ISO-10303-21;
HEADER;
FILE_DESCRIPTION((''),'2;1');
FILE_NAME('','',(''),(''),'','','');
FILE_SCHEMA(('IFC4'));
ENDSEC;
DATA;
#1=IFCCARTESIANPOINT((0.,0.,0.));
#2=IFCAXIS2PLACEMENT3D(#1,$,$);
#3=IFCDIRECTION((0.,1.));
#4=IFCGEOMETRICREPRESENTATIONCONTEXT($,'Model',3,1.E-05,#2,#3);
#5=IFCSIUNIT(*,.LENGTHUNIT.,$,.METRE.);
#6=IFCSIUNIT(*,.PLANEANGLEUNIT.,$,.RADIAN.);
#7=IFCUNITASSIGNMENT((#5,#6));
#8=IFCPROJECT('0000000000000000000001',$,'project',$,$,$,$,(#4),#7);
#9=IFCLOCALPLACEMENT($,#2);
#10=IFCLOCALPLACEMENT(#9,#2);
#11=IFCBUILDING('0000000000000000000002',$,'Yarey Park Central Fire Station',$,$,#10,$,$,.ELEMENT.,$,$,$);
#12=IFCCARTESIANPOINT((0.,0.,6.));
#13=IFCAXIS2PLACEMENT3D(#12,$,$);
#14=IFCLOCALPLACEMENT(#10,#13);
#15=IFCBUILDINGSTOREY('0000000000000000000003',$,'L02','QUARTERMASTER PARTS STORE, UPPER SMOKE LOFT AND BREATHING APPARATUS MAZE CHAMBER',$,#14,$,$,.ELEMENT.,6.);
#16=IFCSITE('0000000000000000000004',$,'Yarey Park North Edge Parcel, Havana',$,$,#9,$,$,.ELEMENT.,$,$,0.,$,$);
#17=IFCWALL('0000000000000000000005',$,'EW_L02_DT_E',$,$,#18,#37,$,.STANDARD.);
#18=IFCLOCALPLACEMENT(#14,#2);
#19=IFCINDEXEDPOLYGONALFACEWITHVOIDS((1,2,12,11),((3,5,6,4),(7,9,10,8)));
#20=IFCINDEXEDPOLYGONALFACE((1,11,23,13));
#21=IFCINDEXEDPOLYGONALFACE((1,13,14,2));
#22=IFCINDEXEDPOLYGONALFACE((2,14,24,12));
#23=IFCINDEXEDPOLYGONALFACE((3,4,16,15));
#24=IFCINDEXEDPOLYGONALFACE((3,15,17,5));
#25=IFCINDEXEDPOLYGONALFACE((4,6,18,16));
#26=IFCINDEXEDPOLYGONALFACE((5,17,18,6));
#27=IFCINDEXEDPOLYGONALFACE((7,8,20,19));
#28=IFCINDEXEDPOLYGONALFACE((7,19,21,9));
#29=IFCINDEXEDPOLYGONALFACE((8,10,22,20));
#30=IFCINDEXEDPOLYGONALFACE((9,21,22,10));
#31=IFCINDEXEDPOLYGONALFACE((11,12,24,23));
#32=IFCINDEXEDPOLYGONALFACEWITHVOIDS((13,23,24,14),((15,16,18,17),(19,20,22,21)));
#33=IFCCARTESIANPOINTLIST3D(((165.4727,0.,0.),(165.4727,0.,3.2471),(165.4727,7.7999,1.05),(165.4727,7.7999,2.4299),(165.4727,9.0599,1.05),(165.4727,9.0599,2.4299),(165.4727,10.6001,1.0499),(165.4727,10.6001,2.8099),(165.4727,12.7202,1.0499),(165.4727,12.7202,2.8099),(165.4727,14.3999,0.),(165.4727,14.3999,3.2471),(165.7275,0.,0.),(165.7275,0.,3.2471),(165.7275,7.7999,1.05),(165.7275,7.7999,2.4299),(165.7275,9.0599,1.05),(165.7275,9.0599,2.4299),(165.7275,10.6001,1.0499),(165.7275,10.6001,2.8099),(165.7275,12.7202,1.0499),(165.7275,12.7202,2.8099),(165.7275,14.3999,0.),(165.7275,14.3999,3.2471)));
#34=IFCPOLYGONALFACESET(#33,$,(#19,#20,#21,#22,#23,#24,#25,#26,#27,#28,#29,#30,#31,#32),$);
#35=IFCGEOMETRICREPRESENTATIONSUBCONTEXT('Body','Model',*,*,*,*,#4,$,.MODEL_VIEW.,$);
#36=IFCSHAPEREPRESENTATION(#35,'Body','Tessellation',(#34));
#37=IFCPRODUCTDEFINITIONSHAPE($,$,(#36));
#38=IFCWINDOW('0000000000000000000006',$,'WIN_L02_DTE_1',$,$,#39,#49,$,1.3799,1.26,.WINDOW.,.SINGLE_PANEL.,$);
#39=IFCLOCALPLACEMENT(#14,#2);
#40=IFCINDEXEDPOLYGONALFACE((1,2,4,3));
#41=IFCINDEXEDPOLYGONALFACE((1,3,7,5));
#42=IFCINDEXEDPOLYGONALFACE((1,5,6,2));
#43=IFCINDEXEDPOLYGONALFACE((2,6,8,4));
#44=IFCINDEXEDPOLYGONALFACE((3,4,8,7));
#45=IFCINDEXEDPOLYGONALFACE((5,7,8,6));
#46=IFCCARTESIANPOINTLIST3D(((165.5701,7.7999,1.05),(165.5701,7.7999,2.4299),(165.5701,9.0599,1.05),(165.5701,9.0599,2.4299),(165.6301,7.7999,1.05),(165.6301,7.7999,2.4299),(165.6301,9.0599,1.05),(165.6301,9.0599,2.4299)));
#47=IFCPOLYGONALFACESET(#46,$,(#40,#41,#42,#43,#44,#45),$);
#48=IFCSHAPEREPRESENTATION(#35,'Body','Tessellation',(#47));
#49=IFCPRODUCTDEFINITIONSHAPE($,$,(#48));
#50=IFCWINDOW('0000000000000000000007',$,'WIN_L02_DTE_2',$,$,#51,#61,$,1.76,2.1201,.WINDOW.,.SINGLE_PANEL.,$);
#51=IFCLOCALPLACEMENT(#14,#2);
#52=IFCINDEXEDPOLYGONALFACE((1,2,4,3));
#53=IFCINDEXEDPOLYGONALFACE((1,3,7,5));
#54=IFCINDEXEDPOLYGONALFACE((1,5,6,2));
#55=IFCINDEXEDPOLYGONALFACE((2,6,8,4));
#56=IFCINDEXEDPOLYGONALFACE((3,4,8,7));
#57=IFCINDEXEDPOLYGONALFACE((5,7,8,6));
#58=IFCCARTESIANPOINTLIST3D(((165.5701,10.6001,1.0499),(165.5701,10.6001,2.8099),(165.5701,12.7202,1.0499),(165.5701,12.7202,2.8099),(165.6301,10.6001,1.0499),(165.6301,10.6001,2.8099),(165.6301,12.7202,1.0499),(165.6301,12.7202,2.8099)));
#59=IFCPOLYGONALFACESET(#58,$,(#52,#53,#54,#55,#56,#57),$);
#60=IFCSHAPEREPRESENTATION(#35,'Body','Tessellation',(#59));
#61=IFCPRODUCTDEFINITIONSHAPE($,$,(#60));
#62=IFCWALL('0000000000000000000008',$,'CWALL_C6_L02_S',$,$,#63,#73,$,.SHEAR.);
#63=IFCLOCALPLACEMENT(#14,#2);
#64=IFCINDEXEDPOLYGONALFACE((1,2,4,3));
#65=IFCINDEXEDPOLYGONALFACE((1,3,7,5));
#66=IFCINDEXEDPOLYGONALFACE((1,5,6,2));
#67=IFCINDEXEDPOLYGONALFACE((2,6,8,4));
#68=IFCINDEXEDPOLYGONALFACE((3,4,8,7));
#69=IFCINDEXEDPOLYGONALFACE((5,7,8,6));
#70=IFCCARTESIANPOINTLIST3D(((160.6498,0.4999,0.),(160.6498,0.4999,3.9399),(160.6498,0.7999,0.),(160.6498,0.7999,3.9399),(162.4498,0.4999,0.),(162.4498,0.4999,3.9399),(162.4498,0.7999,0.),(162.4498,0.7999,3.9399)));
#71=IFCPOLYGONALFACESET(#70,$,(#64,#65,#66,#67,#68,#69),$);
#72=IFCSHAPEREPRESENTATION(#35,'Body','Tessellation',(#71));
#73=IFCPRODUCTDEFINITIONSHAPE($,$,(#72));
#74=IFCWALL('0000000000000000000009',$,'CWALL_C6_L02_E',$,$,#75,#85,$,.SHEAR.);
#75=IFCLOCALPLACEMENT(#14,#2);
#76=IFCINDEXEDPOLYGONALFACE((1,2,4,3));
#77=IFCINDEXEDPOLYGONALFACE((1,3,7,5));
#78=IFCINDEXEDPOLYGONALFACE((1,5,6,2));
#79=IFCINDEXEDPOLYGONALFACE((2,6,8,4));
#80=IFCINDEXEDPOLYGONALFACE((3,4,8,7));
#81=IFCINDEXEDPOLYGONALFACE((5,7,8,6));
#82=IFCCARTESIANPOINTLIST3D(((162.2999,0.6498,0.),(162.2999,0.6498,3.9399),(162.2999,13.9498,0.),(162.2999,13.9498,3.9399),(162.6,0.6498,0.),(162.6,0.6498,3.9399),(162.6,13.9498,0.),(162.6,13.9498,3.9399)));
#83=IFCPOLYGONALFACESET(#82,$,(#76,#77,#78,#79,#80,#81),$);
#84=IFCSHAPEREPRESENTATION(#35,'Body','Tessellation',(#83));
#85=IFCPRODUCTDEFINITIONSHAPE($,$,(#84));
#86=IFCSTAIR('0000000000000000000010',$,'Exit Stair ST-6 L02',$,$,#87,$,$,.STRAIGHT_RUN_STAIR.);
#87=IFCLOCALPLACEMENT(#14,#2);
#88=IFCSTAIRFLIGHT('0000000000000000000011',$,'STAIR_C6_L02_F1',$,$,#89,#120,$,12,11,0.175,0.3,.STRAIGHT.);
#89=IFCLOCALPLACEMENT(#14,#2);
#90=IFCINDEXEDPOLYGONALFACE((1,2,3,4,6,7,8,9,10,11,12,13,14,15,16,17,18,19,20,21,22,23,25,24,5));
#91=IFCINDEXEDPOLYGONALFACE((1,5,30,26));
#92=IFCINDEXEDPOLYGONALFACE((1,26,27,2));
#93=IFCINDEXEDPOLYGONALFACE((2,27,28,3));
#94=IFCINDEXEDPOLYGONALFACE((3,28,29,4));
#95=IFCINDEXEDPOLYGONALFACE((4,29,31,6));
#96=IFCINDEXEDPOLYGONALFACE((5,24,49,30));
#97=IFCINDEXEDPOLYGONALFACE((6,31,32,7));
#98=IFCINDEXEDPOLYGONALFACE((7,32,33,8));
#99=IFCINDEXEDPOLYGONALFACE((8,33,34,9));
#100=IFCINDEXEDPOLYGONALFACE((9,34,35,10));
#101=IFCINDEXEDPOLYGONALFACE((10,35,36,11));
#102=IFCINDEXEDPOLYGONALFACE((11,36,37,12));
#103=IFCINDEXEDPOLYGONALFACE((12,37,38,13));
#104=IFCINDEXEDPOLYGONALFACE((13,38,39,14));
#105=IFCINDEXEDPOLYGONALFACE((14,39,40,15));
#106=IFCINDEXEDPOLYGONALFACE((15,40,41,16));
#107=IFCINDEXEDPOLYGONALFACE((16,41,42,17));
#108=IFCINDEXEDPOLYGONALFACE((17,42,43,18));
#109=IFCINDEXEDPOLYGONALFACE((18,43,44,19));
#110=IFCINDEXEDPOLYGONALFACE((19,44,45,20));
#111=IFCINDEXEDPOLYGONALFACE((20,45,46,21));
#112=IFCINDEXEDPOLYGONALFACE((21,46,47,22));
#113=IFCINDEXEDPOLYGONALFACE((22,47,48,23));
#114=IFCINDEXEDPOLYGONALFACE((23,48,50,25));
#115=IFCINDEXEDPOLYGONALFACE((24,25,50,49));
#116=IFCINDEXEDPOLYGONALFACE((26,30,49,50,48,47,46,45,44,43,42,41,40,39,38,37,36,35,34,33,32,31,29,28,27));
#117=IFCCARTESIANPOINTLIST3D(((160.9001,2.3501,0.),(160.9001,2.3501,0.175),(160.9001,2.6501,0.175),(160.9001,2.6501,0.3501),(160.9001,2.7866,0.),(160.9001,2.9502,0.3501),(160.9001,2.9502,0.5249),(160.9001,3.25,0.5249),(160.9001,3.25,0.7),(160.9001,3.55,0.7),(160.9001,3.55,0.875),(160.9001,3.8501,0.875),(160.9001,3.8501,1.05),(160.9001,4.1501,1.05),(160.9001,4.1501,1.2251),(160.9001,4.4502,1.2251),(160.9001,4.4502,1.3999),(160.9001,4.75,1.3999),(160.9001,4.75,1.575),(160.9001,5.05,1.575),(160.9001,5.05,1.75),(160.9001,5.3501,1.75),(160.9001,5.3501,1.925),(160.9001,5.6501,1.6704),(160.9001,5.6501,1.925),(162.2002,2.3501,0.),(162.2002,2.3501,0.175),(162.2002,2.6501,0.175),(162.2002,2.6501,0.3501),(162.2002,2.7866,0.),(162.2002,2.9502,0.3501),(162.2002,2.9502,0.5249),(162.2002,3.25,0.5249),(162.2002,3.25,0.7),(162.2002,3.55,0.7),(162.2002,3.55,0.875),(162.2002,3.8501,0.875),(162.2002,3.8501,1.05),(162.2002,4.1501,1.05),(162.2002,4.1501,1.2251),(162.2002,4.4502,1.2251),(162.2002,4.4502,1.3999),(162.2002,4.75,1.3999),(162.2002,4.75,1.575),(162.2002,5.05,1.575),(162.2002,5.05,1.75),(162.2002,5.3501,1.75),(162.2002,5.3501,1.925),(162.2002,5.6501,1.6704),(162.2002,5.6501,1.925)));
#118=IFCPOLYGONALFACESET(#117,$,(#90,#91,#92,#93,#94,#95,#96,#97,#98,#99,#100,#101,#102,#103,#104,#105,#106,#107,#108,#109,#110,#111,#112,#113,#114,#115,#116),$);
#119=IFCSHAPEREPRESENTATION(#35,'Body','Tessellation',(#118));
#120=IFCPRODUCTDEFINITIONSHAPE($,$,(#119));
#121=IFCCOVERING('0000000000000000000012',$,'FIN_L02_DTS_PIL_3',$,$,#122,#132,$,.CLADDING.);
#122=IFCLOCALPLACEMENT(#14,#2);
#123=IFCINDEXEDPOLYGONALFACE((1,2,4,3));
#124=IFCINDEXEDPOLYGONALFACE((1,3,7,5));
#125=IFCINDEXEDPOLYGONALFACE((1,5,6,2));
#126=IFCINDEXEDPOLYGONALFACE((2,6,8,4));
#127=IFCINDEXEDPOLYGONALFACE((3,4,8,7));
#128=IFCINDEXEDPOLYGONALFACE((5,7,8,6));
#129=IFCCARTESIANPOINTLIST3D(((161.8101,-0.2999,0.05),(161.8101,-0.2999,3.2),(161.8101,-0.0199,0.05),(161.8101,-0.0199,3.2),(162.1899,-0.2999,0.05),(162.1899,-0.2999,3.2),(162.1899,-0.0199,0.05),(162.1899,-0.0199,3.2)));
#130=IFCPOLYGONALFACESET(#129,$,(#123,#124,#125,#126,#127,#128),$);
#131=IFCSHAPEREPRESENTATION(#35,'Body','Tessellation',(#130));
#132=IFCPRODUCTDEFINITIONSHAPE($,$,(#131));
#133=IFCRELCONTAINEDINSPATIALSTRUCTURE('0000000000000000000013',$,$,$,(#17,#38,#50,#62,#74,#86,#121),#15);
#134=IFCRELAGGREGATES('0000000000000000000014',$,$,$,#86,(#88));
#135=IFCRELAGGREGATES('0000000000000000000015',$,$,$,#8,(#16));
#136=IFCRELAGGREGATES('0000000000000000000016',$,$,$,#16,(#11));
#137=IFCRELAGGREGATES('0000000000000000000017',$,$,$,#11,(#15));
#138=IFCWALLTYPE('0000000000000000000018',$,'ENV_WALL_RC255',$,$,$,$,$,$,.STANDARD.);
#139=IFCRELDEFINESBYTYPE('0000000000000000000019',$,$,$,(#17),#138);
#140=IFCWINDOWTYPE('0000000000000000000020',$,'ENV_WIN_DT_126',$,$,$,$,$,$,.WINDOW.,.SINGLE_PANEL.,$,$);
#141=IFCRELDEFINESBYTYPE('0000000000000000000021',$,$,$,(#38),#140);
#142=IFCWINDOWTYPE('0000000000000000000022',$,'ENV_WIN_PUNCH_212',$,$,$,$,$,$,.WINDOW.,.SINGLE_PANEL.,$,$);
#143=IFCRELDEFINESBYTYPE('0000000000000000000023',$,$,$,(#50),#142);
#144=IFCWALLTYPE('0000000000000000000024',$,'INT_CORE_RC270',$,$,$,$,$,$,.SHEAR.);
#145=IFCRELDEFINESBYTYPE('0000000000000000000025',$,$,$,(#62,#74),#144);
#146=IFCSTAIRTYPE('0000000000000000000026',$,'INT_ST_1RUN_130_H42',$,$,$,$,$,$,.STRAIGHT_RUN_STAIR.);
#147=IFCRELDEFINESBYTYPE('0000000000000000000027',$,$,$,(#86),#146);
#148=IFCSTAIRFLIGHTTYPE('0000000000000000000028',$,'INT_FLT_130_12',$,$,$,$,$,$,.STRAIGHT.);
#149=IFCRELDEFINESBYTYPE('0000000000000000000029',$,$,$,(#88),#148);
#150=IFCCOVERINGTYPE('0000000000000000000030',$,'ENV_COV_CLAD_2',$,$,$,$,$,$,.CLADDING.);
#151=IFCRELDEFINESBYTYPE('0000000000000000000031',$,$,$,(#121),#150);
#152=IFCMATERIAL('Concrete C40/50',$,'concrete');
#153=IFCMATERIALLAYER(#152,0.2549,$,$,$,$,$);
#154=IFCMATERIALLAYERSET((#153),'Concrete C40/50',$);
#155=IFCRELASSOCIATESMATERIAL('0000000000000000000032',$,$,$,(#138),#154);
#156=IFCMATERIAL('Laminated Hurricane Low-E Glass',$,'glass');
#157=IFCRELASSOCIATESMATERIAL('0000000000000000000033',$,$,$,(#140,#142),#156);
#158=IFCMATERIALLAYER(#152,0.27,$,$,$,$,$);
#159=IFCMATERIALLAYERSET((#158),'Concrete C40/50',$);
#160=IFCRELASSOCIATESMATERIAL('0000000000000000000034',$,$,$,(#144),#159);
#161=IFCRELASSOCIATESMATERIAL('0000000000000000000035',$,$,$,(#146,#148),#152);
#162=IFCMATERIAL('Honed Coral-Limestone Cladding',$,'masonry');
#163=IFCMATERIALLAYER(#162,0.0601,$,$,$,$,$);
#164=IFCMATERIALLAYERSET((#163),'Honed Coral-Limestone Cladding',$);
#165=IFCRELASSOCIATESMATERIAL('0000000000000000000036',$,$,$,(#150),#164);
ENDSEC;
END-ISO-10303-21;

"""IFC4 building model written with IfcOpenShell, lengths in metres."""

from ifc_helpers import new_model, si_unit, direction, frame, frame_2d, origin, origin_2d, place, context, subcontext, project, spatial, polyline, rectangle, outline, extrude, material, layer, layer_set, type_object, element, fill, aggregate, save


model = new_model("IFC4")

# Units and contexts
model_context = context("Model", 3, precision=1e-05, world=origin(), true_north=direction((0.0, 1.0)))
body_context = subcontext(model_context, "Body", "Model", "MODEL_VIEW")
ifc_project = project(units=[si_unit("LENGTHUNIT", "METRE"), si_unit("PLANEANGLEUNIT", "RADIAN")], contexts=[model_context])

# Site, building, storey
site_placement = place(None, origin())
site = spatial("IfcSite", under=ifc_project, at=site_placement, Name="Yarey Park North Edge Parcel, Havana", CompositionType="ELEMENT", RefElevation=0.0)
building_placement = place(site_placement, origin())
building = spatial("IfcBuilding", under=site, at=building_placement, Name="Yarey Park Central Fire Station", CompositionType="ELEMENT")
storey_placement = place(building_placement, frame((0.0, 0.0, 6.0)))
storey = spatial("IfcBuildingStorey", under=building, at=storey_placement, Name="L02", Description="QUARTERMASTER PARTS STORE, UPPER SMOKE LOFT AND BREATHING APPARATUS MAZE CHAMBER", CompositionType="ELEMENT", Elevation=6.0)

# Wall, openings, windows
ifc_material_1 = material(Name="Concrete C40/50", Category="concrete")
ifc_layer_1 = layer(ifc_material_1, 0.2549)
ifc_layer_set_1 = layer_set([ifc_layer_1], Name="Concrete C40/50")
wall_type_1 = type_object("IfcWallType", Name="ENV_WALL_RC255", PredefinedType="STANDARD", material=ifc_layer_set_1)
ifc_material_2 = material(Name="Laminated Hurricane Low-E Glass", Category="glass")
wall_1_placement = place(storey_placement, frame((165.6001, 0.0, 0.0), z_axis=(0.0, 0.0, 1.0), x_axis=(0.0, 1.0, 0.0)))
wall_1 = element("IfcWall", 1, at=wall_1_placement, inside=storey, type_object=wall_type_1, Name="EW_L02_DT_E", PredefinedType="STANDARD", context=body_context, shape_type="SweptSolid", body=[
    extrude(rectangle(XDim=14.3999, YDim=0.2549, at=frame_2d((7.2, 0.0))), origin(), (0.0, 0.0, 1.0), 3.2471),
])
opening_1_placement = place(wall_1_placement, frame((7.8, 0.0, 1.05)))
opening_1 = element("IfcOpeningElement", 2, at=opening_1_placement, cuts=wall_1, PredefinedType="OPENING", context=body_context, shape_type="SweptSolid", body=[
    extrude(rectangle(XDim=1.26, YDim=1.3799, at=frame_2d((0.6299, 0.6899))), frame((0.0, 0.1375, 0.0), z_axis=(0.0, -1.0, 0.0), x_axis=(1.0, 0.0, 0.0)), (0.0, 0.0, 1.0), 0.2749),
])
opening_2_placement = place(wall_1_placement, frame((10.6001, 0.0, 1.05)))
opening_2 = element("IfcOpeningElement", 3, at=opening_2_placement, cuts=wall_1, PredefinedType="OPENING", context=body_context, shape_type="SweptSolid", body=[
    extrude(rectangle(XDim=2.1201, YDim=1.76, at=frame_2d((1.0601, 0.8799))), frame((0.0, 0.1375, 0.0), z_axis=(0.0, -1.0, 0.0), x_axis=(1.0, 0.0, 0.0)), (0.0, 0.0, 1.0), 0.2749),
])
window_type_1 = type_object("IfcWindowType", Name="ENV_WIN_DT_126", PartitioningType="SINGLE_PANEL", PredefinedType="WINDOW", material=ifc_material_2)
window_1_placement = place(opening_1_placement, origin())
window_1 = element("IfcWindow", 4, at=window_1_placement, inside=storey, type_object=window_type_1, Name="WIN_L02_DTE_1", OverallHeight=1.3799, OverallWidth=1.26, PartitioningType="SINGLE_PANEL", PredefinedType="WINDOW", context=body_context, shape_type="SweptSolid", body=[
    extrude(rectangle(XDim=1.26, YDim=1.3799, at=frame_2d((0.6299, 0.6899))), frame((0.0, 0.03, 0.0), z_axis=(0.0, -1.0, 0.0), x_axis=(1.0, 0.0, 0.0)), (0.0, 0.0, 1.0), 0.0601),
])
fill(opening_1, window_1)
window_type_2 = type_object("IfcWindowType", Name="ENV_WIN_PUNCH_212", PartitioningType="SINGLE_PANEL", PredefinedType="WINDOW", material=ifc_material_2)
window_2_placement = place(opening_2_placement, origin())
window_2 = element("IfcWindow", 5, at=window_2_placement, inside=storey, type_object=window_type_2, Name="WIN_L02_DTE_2", OverallHeight=1.76, OverallWidth=2.1201, PartitioningType="SINGLE_PANEL", PredefinedType="WINDOW", context=body_context, shape_type="SweptSolid", body=[
    extrude(rectangle(XDim=2.1201, YDim=1.76, at=frame_2d((1.0601, 0.8799))), frame((0.0, 0.03, 0.0), z_axis=(0.0, -1.0, 0.0), x_axis=(1.0, 0.0, 0.0)), (0.0, 0.0, 1.0), 0.0601),
])
fill(opening_2, window_2)

# Walls
ifc_layer_2 = layer(ifc_material_1, 0.27)
ifc_layer_set_2 = layer_set([ifc_layer_2], Name="Concrete C40/50")
wall_type_2 = type_object("IfcWallType", Name="INT_CORE_RC270", PredefinedType="SHEAR", material=ifc_layer_set_2)
wall_2_placement = place(storey_placement, frame((160.6499, 0.6499, 0.0), z_axis=(0.0, 0.0, 1.0), x_axis=(1.0, 0.0, 0.0)))
element("IfcWall", 6, at=wall_2_placement, inside=storey, type_object=wall_type_2, Name="CWALL_C6_L02_S", PredefinedType="SHEAR", context=body_context, shape_type="SweptSolid", body=[
    extrude(rectangle(XDim=1.8, YDim=0.3, at=frame_2d((0.8999, 0.0))), origin(), (0.0, 0.0, 1.0), 3.9399),
])
wall_3_placement = place(storey_placement, frame((162.45, 0.6499, 0.0), z_axis=(0.0, 0.0, 1.0), x_axis=(0.0, 1.0, 0.0)))
element("IfcWall", 7, at=wall_3_placement, inside=storey, type_object=wall_type_2, Name="CWALL_C6_L02_E", PredefinedType="SHEAR", context=body_context, shape_type="SweptSolid", body=[
    extrude(rectangle(XDim=13.3, YDim=0.3, at=frame_2d((6.6499, 0.0))), origin(), (0.0, 0.0, 1.0), 3.9399),
])

# Stair, stair flight
stair_type = type_object("IfcStairType", Name="INT_ST_1RUN_130_H42", PredefinedType="STRAIGHT_RUN_STAIR", material=ifc_material_1)
stair_placement = place(storey_placement, origin())
stair = element("IfcStair", 8, at=stair_placement, inside=storey, type_object=stair_type, Name="Exit Stair ST-6 L02", PredefinedType="STRAIGHT_RUN_STAIR")
stair_flight_type = type_object("IfcStairFlightType", Name="INT_FLT_130_12", PredefinedType="STRAIGHT", material=ifc_material_1)
stair_flight_placement = place(storey_placement, frame((161.55, 2.3501, 0.0), z_axis=(0.0, 0.0, 1.0), x_axis=(0.0, 1.0, 0.0)))
stair_flight = element("IfcStairFlight", 9, at=stair_flight_placement, type_object=stair_flight_type, Name="STAIR_C6_L02_F1", NumberOfRisers=12, NumberOfTreads=11, PredefinedType="STRAIGHT", RiserHeight=0.175, TreadLength=0.3, context=body_context, shape_type="SweptSolid", body=[
    extrude(outline(polyline([(0.0, 0.0), (0.0, 0.175), (0.3, 0.175), (0.3, 0.3501), (0.6001, 0.3501), (0.6001, 0.5249), (0.8999, 0.5249), (0.8999, 0.7), (1.2, 0.7), (1.2, 0.875), (1.5, 0.875), (1.5, 1.05), (1.8, 1.05), (1.8, 1.2251), (2.1001, 1.2251), (2.1001, 1.3999), (2.3999, 1.3999), (2.3999, 1.575), (2.7, 1.575), (2.7, 1.75), (3.0, 1.75), (3.0, 1.925), (3.3, 1.925), (3.3, 2.1001), (3.3, 1.6704), (0.4365, 0.0), (0.0, 0.0)])), frame((0.0, 0.6499, 0.0), z_axis=(0.0, -1.0, 0.0), x_axis=(1.0, 0.0, 0.0)), (0.0, 0.0, 1.0), 1.3),
])
aggregate(stair, [stair_flight])

# Covering
ifc_material_3 = material(Name="Honed Coral-Limestone Cladding", Category="masonry")
ifc_layer_3 = layer(ifc_material_3, 0.0601)
ifc_layer_set_3 = layer_set([ifc_layer_3], Name="Honed Coral-Limestone Cladding")
covering_type = type_object("IfcCoveringType", Name="ENV_COV_CLAD_2", PredefinedType="CLADDING", material=ifc_layer_set_3)
covering_placement = place(storey_placement, frame((162.0, -0.1599, 0.05), z_axis=(0.0, 0.0, 1.0), x_axis=(1.0, 0.0, 0.0)))
element("IfcCovering", 10, at=covering_placement, inside=storey, type_object=covering_type, Name="FIN_L02_DTS_PIL_3", PredefinedType="CLADDING", context=body_context, shape_type="SweptSolid", body=[
    extrude(rectangle(XDim=0.3799, YDim=0.28, at=origin_2d()), origin(), (0.0, 0.0, 1.0), 3.1499),
])

save(model, "model.ifc")
